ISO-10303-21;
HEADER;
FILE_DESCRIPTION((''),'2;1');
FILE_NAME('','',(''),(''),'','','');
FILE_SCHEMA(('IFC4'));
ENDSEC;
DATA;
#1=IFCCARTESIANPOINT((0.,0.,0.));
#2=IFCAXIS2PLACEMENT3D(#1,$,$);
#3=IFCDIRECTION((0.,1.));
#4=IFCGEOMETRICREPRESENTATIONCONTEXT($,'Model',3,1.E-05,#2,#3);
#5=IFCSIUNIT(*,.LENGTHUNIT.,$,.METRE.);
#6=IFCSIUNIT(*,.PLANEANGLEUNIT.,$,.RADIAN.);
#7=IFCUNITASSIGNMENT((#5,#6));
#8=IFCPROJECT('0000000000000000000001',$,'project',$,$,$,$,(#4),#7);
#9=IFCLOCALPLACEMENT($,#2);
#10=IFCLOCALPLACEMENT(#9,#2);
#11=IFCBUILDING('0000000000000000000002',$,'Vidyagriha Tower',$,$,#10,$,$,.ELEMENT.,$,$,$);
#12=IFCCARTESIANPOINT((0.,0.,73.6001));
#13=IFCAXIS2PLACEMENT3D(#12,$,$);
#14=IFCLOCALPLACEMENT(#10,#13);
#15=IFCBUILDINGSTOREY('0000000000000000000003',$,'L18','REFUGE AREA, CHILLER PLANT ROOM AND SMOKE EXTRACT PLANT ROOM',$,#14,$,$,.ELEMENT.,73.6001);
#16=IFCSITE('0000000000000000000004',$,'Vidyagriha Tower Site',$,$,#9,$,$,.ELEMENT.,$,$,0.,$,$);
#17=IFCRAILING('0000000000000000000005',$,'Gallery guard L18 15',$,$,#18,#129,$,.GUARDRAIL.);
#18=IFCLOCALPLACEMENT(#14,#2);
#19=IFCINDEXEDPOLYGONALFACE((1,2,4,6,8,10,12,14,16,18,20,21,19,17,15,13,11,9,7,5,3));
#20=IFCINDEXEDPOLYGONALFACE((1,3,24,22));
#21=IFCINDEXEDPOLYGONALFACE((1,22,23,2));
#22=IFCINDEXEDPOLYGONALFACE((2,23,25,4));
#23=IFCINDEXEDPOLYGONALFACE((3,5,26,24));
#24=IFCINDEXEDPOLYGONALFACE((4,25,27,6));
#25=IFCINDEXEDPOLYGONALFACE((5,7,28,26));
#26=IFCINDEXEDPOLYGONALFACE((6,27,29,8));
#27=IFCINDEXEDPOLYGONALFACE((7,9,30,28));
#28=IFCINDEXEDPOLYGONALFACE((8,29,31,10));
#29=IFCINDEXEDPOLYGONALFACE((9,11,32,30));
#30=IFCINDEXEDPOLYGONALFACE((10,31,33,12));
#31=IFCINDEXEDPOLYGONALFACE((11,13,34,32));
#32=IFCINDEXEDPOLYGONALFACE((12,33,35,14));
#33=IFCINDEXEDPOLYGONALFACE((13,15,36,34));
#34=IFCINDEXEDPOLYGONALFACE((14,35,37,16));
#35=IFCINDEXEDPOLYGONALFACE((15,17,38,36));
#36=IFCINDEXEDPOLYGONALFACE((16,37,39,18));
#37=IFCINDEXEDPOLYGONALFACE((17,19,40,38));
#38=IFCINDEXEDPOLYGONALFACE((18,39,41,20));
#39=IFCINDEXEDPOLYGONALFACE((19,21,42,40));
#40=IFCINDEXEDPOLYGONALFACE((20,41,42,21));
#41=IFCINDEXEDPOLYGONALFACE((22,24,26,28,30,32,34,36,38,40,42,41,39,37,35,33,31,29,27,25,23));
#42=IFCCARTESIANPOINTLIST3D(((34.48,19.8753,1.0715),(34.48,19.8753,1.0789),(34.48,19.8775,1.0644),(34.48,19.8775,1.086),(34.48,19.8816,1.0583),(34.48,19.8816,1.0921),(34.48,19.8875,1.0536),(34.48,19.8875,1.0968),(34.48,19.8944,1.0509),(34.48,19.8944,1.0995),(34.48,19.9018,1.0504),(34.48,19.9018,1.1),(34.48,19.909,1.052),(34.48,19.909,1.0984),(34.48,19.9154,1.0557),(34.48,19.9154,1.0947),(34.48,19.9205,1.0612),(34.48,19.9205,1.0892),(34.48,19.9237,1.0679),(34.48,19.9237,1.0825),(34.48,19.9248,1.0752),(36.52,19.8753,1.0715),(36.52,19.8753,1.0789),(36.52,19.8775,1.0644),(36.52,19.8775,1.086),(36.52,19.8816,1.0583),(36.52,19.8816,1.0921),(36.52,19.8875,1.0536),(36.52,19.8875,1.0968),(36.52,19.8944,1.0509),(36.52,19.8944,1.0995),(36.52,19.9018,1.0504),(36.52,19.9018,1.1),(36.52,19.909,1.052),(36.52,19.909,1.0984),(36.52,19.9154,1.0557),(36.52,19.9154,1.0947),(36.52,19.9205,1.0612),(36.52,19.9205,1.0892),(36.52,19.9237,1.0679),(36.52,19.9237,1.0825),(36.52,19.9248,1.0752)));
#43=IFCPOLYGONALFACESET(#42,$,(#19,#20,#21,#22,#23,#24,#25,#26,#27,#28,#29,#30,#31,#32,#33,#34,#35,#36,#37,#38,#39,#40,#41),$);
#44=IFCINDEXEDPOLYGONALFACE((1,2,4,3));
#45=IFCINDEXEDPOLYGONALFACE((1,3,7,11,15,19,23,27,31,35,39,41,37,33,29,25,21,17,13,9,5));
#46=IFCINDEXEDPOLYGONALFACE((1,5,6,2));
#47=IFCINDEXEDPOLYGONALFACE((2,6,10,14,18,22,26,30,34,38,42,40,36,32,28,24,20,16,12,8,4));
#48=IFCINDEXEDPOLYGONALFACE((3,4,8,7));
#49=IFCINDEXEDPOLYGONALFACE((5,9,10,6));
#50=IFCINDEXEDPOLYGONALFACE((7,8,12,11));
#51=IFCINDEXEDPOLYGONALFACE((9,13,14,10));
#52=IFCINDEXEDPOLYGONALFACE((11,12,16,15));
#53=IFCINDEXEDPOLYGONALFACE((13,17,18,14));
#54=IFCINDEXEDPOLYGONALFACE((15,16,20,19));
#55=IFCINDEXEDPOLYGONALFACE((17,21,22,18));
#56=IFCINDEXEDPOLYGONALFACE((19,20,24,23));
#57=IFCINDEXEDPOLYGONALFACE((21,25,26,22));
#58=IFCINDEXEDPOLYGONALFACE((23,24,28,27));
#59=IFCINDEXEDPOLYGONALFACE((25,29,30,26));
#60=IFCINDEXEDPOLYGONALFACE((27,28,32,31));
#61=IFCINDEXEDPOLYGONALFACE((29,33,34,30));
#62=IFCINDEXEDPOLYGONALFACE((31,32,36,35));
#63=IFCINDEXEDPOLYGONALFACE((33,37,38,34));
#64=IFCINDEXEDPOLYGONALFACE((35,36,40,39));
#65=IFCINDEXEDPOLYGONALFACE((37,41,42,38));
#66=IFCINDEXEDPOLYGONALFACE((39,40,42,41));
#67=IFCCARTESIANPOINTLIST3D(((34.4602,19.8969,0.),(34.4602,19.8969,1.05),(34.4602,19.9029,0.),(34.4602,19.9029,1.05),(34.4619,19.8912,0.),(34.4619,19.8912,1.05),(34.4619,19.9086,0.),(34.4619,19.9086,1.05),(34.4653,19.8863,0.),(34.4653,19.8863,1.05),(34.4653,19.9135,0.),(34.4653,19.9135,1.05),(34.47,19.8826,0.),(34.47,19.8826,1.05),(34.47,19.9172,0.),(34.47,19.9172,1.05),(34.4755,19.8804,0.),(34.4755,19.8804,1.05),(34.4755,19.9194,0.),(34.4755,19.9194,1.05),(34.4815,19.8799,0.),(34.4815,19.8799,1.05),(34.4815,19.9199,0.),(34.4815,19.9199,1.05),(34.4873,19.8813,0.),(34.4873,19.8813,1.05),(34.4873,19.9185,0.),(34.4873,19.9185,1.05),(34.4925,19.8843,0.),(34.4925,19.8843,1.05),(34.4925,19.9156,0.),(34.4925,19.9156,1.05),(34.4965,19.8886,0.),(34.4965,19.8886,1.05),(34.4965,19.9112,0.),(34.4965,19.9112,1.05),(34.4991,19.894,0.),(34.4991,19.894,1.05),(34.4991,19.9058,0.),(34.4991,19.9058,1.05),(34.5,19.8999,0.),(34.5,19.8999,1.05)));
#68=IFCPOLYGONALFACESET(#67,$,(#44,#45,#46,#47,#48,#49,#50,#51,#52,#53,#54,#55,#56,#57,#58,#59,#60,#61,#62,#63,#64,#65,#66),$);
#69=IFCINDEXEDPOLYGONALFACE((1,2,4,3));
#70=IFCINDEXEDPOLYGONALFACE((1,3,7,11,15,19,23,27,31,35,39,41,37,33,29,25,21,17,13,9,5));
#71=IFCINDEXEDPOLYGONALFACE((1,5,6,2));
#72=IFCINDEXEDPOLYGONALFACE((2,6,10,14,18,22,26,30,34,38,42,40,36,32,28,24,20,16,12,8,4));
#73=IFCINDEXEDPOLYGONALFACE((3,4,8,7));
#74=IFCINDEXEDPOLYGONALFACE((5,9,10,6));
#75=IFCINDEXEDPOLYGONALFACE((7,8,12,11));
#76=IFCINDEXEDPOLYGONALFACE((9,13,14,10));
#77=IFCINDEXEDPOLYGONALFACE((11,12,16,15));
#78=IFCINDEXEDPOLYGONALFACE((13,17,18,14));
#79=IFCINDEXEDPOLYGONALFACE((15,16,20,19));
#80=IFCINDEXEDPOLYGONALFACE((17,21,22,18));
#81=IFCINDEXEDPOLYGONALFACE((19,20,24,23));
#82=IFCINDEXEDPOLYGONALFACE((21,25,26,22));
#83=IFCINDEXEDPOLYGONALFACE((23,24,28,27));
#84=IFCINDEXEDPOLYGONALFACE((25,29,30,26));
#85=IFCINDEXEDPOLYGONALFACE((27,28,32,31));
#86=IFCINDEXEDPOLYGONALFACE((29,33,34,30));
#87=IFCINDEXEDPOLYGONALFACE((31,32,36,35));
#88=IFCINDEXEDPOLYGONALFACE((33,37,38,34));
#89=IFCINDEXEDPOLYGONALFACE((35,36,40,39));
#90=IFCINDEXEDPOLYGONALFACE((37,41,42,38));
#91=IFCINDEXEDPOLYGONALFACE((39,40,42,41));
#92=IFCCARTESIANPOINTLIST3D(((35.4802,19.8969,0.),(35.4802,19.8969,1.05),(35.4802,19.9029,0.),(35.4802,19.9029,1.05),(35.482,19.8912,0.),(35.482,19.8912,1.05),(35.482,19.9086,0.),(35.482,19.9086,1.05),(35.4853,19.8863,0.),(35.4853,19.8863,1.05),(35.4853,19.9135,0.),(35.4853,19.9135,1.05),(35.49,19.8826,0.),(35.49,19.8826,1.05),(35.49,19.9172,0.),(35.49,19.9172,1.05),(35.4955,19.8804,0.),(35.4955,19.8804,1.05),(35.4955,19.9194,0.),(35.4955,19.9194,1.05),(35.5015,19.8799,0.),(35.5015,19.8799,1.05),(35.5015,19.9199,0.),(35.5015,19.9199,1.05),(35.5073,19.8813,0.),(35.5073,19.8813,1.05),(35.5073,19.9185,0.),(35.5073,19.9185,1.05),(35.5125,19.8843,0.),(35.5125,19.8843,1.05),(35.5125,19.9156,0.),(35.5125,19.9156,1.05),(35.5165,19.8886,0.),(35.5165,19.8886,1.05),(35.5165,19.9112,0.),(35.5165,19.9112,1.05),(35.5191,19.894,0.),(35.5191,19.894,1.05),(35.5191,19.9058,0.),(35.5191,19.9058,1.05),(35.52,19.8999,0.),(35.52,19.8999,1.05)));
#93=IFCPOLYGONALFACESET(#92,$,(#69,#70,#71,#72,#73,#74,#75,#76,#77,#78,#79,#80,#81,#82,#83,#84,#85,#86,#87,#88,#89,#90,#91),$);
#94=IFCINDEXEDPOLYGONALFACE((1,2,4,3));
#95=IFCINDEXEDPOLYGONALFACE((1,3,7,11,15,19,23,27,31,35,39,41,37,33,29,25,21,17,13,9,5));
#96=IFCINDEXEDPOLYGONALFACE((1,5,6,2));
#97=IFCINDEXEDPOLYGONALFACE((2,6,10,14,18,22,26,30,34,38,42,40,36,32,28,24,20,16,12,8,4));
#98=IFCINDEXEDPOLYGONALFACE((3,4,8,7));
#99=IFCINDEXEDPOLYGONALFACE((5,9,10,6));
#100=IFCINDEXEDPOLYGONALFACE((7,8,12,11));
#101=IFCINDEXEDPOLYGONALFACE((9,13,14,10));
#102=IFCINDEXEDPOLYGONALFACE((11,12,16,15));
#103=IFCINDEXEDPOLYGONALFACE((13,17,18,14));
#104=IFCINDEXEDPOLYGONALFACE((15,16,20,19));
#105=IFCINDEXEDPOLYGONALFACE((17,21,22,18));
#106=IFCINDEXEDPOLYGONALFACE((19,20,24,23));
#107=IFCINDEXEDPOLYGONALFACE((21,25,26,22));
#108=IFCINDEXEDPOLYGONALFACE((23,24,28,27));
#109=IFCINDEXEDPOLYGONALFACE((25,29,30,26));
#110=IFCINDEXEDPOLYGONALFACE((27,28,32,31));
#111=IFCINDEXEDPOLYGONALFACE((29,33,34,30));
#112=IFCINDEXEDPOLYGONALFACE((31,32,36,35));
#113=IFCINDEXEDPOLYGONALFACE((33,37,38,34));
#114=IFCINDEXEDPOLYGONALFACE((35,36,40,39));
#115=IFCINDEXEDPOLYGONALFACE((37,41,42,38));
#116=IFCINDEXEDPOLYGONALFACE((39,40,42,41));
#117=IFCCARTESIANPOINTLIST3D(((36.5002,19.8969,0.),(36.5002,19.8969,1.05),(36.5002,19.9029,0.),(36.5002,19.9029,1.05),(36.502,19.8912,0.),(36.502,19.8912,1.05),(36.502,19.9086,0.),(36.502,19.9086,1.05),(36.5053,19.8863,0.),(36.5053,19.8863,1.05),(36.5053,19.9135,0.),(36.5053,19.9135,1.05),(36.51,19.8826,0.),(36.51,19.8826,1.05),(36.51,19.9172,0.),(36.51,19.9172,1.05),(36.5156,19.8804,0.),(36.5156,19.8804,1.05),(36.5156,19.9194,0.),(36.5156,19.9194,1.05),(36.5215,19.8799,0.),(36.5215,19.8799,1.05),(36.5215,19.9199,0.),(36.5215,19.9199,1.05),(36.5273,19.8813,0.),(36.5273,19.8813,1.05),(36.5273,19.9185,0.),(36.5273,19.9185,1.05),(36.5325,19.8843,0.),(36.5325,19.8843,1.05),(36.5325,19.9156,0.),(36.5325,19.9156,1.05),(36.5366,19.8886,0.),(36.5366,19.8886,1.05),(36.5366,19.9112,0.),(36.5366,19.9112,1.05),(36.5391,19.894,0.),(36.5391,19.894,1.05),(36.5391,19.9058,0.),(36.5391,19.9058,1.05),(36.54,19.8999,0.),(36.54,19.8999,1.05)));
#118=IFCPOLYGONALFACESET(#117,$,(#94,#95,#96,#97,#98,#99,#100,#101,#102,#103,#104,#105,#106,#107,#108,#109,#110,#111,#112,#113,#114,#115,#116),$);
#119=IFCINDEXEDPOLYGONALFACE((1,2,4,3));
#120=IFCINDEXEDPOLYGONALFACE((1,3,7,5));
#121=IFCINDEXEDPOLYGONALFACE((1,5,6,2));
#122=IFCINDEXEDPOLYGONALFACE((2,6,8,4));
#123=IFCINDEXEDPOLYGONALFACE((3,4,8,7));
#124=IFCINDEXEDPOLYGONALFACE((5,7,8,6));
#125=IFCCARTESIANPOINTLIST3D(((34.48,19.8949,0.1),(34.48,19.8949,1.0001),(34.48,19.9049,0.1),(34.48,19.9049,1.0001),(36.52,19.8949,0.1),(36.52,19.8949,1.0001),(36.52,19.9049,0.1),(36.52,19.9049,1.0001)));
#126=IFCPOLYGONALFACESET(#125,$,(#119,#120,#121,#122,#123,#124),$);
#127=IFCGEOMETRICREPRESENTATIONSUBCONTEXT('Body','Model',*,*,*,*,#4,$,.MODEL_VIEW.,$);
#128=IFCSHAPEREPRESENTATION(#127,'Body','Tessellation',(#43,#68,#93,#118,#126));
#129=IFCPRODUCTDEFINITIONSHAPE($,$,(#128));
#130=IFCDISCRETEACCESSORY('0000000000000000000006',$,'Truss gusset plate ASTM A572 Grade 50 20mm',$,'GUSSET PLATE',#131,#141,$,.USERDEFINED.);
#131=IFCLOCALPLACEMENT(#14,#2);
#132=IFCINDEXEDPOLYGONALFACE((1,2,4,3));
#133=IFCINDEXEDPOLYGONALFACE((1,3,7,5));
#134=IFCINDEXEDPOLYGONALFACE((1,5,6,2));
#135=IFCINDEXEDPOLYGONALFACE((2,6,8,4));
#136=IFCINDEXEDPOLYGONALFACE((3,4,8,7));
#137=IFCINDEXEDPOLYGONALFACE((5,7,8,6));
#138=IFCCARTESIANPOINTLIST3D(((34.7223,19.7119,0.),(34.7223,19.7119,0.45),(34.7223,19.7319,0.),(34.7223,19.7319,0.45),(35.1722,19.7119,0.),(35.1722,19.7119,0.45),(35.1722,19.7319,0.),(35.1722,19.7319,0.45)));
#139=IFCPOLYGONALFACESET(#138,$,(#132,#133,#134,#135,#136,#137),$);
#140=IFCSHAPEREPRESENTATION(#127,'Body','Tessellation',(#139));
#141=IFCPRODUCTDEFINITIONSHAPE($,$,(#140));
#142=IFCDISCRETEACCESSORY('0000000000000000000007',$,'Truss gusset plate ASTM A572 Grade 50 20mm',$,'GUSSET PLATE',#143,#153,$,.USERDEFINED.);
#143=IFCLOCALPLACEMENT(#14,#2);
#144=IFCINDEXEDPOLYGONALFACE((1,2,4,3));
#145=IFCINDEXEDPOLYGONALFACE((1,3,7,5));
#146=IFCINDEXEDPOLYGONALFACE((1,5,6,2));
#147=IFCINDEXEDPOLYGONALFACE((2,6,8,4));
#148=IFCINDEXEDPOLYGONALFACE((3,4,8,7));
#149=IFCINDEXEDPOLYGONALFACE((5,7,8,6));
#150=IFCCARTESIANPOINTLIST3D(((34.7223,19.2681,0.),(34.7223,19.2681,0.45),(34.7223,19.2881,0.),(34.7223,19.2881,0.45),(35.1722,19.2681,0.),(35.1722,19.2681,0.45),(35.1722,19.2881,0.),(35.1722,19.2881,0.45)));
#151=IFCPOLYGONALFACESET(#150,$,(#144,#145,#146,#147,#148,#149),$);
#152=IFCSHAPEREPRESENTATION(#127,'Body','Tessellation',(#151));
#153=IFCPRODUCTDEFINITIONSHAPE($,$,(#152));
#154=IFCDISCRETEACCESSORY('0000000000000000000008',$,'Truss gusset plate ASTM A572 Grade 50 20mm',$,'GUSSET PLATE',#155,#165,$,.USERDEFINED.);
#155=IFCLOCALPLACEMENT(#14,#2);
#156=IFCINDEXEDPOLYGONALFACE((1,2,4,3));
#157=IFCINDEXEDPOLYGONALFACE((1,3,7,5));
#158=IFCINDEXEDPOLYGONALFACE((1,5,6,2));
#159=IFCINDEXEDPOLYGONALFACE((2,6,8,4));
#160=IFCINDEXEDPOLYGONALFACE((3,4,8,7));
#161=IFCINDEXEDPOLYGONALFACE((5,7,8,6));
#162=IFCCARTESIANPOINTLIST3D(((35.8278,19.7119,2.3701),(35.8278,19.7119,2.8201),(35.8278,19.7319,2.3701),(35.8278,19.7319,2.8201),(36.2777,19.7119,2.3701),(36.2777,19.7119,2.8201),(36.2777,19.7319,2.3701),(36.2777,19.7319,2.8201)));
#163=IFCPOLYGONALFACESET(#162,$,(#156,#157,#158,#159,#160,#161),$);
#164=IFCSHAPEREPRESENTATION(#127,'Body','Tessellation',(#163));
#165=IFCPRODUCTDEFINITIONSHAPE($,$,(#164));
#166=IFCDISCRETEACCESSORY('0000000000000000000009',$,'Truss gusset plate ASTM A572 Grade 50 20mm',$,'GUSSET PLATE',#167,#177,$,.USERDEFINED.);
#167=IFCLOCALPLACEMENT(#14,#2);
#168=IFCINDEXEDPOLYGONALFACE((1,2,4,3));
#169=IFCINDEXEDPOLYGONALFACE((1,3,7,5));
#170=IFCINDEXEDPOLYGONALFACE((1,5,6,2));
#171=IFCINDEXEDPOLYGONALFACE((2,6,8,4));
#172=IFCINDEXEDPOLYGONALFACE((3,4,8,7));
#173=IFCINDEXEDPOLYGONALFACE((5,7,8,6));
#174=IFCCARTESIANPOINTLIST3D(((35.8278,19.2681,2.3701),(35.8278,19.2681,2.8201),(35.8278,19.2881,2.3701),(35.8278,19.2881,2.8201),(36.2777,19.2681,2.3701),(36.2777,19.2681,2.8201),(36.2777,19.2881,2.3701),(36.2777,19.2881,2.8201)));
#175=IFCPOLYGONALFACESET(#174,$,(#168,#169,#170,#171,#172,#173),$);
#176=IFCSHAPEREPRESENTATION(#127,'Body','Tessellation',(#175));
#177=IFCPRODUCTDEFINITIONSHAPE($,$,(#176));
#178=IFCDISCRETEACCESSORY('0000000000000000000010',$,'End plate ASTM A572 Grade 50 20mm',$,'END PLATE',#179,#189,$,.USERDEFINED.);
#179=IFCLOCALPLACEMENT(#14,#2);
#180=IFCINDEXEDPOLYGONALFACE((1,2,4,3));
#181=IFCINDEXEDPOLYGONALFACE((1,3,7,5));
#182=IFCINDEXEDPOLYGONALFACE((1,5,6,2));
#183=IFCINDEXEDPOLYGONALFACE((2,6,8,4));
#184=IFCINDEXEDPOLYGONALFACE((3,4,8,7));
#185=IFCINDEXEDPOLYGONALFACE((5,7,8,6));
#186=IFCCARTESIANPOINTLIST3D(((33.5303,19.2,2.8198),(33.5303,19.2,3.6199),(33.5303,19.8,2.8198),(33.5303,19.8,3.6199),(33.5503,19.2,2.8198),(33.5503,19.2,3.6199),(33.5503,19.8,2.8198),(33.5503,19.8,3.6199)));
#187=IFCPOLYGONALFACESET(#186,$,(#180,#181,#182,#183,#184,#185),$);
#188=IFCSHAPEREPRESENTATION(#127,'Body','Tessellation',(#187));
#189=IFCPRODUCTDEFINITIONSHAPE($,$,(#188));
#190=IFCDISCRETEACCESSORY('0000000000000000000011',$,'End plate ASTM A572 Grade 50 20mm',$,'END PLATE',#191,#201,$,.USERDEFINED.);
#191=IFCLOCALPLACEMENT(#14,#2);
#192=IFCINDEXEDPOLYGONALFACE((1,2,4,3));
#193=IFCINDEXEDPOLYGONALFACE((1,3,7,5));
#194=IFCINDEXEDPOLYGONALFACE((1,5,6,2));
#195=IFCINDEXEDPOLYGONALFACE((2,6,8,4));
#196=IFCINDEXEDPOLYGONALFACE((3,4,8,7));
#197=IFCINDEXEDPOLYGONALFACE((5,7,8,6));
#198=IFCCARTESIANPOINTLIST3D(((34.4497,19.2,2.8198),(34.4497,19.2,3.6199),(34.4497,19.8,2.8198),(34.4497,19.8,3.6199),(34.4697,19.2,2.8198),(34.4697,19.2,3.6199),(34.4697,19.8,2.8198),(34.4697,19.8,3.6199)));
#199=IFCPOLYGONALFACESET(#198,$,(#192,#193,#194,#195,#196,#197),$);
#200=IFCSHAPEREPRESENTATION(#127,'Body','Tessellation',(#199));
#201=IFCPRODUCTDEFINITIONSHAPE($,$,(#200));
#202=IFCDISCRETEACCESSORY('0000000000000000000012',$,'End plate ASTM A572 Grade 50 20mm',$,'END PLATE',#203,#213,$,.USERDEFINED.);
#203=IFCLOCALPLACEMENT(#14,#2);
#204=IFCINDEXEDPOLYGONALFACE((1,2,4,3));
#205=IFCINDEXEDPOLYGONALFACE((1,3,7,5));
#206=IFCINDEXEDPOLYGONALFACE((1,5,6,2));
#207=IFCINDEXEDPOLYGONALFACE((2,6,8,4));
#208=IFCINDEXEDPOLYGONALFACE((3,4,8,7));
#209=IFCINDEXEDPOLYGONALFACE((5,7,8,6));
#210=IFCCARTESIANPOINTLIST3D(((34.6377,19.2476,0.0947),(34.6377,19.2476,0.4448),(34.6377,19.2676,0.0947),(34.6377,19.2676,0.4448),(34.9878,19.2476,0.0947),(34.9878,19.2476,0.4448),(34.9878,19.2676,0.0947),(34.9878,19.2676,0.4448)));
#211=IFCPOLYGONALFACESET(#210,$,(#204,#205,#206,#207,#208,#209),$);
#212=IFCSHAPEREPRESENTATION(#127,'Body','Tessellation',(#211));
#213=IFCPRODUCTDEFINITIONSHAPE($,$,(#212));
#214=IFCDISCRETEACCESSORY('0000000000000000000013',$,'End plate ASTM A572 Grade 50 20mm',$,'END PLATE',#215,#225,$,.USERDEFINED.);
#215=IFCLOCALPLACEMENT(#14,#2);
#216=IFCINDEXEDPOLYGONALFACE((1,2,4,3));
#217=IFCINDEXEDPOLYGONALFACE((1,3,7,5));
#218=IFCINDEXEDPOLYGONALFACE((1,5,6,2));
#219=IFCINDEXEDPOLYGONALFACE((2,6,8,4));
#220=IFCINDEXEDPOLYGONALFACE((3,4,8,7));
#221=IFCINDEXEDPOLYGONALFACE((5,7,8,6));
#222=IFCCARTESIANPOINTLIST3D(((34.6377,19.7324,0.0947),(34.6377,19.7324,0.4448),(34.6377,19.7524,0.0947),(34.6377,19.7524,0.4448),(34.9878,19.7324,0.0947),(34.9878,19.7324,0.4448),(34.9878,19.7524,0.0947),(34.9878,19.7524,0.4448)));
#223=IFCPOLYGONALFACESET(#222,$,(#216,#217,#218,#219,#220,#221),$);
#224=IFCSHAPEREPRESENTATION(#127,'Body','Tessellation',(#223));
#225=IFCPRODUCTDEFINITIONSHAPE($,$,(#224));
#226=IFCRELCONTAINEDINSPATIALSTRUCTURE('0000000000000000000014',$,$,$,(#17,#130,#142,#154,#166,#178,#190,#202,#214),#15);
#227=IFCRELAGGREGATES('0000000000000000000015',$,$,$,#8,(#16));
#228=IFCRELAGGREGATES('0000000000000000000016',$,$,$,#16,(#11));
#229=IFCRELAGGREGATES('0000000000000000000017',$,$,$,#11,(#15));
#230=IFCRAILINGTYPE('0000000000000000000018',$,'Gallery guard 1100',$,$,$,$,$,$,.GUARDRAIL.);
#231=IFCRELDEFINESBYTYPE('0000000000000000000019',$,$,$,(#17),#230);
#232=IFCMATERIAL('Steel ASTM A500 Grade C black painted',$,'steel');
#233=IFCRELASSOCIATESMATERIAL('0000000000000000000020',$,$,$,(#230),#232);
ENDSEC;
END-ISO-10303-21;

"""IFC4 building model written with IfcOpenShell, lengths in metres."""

from ifc_helpers import new_model, si_unit, direction, frame, origin, origin_2d, place, context, subcontext, project, spatial, rectangle, circle, extrude, material, type_object, element, save


model = new_model("IFC4")

# Units and contexts
model_context = context("Model", 3, precision=1e-05, world=origin(), true_north=direction((0.0, 1.0)))
body_context = subcontext(model_context, "Body", "Model", "MODEL_VIEW")
ifc_project = project(units=[si_unit("LENGTHUNIT", "METRE"), si_unit("PLANEANGLEUNIT", "RADIAN")], contexts=[model_context])

# Site, building, storey
site_placement = place(None, origin())
site = spatial("IfcSite", under=ifc_project, at=site_placement, Name="Vidyagriha Tower Site", CompositionType="ELEMENT", RefElevation=0.0)
building_placement = place(site_placement, origin())
building = spatial("IfcBuilding", under=site, at=building_placement, Name="Vidyagriha Tower", CompositionType="ELEMENT")
storey_placement = place(building_placement, frame((0.0, 0.0, 73.6001)))
storey = spatial("IfcBuildingStorey", under=building, at=storey_placement, Name="L18", Description="REFUGE AREA, CHILLER PLANT ROOM AND SMOKE EXTRACT PLANT ROOM", CompositionType="ELEMENT", Elevation=73.6001)

# Railing
ifc_material_1 = material(Name="Steel ASTM A500 Grade C black painted", Category="steel")
railing_type = type_object("IfcRailingType", Name="Gallery guard 1100", PredefinedType="GUARDRAIL", material=ifc_material_1)
railing_placement = place(storey_placement, frame((34.48, 19.8999, 0.0)))
element("IfcRailing", 1, at=railing_placement, inside=storey, type_object=railing_type, Name="Gallery guard L18 15", PredefinedType="GUARDRAIL", context=body_context, shape_type="SweptSolid", body=[
    extrude(circle(Radius=0.0249, at=origin_2d()), frame((0.0, 0.0, 1.0752), z_axis=(1.0, 0.0, 0.0), x_axis=(0.0, 1.0, 0.0)), (0.0, 0.0, 1.0), 2.04),
    extrude(circle(Radius=0.02, at=origin_2d()), origin(), (0.0, 0.0, 1.0), 1.05),
    extrude(circle(Radius=0.02, at=origin_2d()), frame((1.02, 0.0, 0.0)), (0.0, 0.0, 1.0), 1.05),
    extrude(circle(Radius=0.02, at=origin_2d()), frame((2.04, 0.0, 0.0)), (0.0, 0.0, 1.0), 1.05),
    extrude(rectangle(XDim=0.01, YDim=0.9001, at=origin_2d()), frame((0.0, 0.0, 0.55), z_axis=(1.0, 0.0, 0.0), x_axis=(0.0, 1.0, 0.0)), (0.0, 0.0, 1.0), 2.04),
])

# Discrete accessories
for number, where, name in (
    (2, (34.9473, 19.7219, 0.0), "Truss gusset plate ASTM A572 Grade 50 20mm"),
    (3, (34.9473, 19.2781, 0.0), "Truss gusset plate ASTM A572 Grade 50 20mm"),
    (4, (36.0527, 19.7219, 2.3701), "Truss gusset plate ASTM A572 Grade 50 20mm"),
    (5, (36.0527, 19.2781, 2.3701), "Truss gusset plate ASTM A572 Grade 50 20mm"),
):
    element("IfcDiscreteAccessory", number, at=place(storey_placement, frame(where)), inside=storey, Name=name, ObjectType="GUSSET PLATE", PredefinedType="USERDEFINED", context=body_context, shape_type="SweptSolid", body=[
        extrude(rectangle(XDim=0.45, YDim=0.02, at=origin_2d()), origin(), (0.0, 0.0, 1.0), 0.45),
    ])
discrete_accessory_1_placement = place(storey_placement, frame((33.5403, 19.5, 2.8198)))
element("IfcDiscreteAccessory", 6, at=discrete_accessory_1_placement, inside=storey, Name="End plate ASTM A572 Grade 50 20mm", ObjectType="END PLATE", PredefinedType="USERDEFINED", context=body_context, shape_type="SweptSolid", body=[
    extrude(rectangle(XDim=0.02, YDim=0.6001, at=origin_2d()), origin(), (0.0, 0.0, 1.0), 0.8),
])
discrete_accessory_2_placement = place(storey_placement, frame((34.4597, 19.5, 2.8198), z_axis=(0.0, 0.0, 1.0), x_axis=(-1.0, 0.0, 0.0)))
element("IfcDiscreteAccessory", 7, at=discrete_accessory_2_placement, inside=storey, Name="End plate ASTM A572 Grade 50 20mm", ObjectType="END PLATE", PredefinedType="USERDEFINED", context=body_context, shape_type="SweptSolid", body=[
    extrude(rectangle(XDim=0.02, YDim=0.6001, at=origin_2d()), origin(), (0.0, 0.0, 1.0), 0.8),
])
for number, where, z_axis, x_axis, name in (
    (8, (34.8127, 19.2576, 0.0947), (0.0, 0.0, 1.0), (-1.0, 0.0, 0.0), "End plate ASTM A572 Grade 50 20mm"),
    (9, (34.8127, 19.7424, 0.0947), (0.0, 0.0, 1.0), (-1.0, 0.0, 0.0), "End plate ASTM A572 Grade 50 20mm"),
):
    element("IfcDiscreteAccessory", number, at=place(storey_placement, frame(where, z_axis=z_axis, x_axis=x_axis)), inside=storey, Name=name, ObjectType="END PLATE", PredefinedType="USERDEFINED", context=body_context, shape_type="SweptSolid", body=[
        extrude(rectangle(XDim=0.3501, YDim=0.02, at=origin_2d()), origin(), (0.0, 0.0, 1.0), 0.3501),
    ])

save(model, "model.ifc")
